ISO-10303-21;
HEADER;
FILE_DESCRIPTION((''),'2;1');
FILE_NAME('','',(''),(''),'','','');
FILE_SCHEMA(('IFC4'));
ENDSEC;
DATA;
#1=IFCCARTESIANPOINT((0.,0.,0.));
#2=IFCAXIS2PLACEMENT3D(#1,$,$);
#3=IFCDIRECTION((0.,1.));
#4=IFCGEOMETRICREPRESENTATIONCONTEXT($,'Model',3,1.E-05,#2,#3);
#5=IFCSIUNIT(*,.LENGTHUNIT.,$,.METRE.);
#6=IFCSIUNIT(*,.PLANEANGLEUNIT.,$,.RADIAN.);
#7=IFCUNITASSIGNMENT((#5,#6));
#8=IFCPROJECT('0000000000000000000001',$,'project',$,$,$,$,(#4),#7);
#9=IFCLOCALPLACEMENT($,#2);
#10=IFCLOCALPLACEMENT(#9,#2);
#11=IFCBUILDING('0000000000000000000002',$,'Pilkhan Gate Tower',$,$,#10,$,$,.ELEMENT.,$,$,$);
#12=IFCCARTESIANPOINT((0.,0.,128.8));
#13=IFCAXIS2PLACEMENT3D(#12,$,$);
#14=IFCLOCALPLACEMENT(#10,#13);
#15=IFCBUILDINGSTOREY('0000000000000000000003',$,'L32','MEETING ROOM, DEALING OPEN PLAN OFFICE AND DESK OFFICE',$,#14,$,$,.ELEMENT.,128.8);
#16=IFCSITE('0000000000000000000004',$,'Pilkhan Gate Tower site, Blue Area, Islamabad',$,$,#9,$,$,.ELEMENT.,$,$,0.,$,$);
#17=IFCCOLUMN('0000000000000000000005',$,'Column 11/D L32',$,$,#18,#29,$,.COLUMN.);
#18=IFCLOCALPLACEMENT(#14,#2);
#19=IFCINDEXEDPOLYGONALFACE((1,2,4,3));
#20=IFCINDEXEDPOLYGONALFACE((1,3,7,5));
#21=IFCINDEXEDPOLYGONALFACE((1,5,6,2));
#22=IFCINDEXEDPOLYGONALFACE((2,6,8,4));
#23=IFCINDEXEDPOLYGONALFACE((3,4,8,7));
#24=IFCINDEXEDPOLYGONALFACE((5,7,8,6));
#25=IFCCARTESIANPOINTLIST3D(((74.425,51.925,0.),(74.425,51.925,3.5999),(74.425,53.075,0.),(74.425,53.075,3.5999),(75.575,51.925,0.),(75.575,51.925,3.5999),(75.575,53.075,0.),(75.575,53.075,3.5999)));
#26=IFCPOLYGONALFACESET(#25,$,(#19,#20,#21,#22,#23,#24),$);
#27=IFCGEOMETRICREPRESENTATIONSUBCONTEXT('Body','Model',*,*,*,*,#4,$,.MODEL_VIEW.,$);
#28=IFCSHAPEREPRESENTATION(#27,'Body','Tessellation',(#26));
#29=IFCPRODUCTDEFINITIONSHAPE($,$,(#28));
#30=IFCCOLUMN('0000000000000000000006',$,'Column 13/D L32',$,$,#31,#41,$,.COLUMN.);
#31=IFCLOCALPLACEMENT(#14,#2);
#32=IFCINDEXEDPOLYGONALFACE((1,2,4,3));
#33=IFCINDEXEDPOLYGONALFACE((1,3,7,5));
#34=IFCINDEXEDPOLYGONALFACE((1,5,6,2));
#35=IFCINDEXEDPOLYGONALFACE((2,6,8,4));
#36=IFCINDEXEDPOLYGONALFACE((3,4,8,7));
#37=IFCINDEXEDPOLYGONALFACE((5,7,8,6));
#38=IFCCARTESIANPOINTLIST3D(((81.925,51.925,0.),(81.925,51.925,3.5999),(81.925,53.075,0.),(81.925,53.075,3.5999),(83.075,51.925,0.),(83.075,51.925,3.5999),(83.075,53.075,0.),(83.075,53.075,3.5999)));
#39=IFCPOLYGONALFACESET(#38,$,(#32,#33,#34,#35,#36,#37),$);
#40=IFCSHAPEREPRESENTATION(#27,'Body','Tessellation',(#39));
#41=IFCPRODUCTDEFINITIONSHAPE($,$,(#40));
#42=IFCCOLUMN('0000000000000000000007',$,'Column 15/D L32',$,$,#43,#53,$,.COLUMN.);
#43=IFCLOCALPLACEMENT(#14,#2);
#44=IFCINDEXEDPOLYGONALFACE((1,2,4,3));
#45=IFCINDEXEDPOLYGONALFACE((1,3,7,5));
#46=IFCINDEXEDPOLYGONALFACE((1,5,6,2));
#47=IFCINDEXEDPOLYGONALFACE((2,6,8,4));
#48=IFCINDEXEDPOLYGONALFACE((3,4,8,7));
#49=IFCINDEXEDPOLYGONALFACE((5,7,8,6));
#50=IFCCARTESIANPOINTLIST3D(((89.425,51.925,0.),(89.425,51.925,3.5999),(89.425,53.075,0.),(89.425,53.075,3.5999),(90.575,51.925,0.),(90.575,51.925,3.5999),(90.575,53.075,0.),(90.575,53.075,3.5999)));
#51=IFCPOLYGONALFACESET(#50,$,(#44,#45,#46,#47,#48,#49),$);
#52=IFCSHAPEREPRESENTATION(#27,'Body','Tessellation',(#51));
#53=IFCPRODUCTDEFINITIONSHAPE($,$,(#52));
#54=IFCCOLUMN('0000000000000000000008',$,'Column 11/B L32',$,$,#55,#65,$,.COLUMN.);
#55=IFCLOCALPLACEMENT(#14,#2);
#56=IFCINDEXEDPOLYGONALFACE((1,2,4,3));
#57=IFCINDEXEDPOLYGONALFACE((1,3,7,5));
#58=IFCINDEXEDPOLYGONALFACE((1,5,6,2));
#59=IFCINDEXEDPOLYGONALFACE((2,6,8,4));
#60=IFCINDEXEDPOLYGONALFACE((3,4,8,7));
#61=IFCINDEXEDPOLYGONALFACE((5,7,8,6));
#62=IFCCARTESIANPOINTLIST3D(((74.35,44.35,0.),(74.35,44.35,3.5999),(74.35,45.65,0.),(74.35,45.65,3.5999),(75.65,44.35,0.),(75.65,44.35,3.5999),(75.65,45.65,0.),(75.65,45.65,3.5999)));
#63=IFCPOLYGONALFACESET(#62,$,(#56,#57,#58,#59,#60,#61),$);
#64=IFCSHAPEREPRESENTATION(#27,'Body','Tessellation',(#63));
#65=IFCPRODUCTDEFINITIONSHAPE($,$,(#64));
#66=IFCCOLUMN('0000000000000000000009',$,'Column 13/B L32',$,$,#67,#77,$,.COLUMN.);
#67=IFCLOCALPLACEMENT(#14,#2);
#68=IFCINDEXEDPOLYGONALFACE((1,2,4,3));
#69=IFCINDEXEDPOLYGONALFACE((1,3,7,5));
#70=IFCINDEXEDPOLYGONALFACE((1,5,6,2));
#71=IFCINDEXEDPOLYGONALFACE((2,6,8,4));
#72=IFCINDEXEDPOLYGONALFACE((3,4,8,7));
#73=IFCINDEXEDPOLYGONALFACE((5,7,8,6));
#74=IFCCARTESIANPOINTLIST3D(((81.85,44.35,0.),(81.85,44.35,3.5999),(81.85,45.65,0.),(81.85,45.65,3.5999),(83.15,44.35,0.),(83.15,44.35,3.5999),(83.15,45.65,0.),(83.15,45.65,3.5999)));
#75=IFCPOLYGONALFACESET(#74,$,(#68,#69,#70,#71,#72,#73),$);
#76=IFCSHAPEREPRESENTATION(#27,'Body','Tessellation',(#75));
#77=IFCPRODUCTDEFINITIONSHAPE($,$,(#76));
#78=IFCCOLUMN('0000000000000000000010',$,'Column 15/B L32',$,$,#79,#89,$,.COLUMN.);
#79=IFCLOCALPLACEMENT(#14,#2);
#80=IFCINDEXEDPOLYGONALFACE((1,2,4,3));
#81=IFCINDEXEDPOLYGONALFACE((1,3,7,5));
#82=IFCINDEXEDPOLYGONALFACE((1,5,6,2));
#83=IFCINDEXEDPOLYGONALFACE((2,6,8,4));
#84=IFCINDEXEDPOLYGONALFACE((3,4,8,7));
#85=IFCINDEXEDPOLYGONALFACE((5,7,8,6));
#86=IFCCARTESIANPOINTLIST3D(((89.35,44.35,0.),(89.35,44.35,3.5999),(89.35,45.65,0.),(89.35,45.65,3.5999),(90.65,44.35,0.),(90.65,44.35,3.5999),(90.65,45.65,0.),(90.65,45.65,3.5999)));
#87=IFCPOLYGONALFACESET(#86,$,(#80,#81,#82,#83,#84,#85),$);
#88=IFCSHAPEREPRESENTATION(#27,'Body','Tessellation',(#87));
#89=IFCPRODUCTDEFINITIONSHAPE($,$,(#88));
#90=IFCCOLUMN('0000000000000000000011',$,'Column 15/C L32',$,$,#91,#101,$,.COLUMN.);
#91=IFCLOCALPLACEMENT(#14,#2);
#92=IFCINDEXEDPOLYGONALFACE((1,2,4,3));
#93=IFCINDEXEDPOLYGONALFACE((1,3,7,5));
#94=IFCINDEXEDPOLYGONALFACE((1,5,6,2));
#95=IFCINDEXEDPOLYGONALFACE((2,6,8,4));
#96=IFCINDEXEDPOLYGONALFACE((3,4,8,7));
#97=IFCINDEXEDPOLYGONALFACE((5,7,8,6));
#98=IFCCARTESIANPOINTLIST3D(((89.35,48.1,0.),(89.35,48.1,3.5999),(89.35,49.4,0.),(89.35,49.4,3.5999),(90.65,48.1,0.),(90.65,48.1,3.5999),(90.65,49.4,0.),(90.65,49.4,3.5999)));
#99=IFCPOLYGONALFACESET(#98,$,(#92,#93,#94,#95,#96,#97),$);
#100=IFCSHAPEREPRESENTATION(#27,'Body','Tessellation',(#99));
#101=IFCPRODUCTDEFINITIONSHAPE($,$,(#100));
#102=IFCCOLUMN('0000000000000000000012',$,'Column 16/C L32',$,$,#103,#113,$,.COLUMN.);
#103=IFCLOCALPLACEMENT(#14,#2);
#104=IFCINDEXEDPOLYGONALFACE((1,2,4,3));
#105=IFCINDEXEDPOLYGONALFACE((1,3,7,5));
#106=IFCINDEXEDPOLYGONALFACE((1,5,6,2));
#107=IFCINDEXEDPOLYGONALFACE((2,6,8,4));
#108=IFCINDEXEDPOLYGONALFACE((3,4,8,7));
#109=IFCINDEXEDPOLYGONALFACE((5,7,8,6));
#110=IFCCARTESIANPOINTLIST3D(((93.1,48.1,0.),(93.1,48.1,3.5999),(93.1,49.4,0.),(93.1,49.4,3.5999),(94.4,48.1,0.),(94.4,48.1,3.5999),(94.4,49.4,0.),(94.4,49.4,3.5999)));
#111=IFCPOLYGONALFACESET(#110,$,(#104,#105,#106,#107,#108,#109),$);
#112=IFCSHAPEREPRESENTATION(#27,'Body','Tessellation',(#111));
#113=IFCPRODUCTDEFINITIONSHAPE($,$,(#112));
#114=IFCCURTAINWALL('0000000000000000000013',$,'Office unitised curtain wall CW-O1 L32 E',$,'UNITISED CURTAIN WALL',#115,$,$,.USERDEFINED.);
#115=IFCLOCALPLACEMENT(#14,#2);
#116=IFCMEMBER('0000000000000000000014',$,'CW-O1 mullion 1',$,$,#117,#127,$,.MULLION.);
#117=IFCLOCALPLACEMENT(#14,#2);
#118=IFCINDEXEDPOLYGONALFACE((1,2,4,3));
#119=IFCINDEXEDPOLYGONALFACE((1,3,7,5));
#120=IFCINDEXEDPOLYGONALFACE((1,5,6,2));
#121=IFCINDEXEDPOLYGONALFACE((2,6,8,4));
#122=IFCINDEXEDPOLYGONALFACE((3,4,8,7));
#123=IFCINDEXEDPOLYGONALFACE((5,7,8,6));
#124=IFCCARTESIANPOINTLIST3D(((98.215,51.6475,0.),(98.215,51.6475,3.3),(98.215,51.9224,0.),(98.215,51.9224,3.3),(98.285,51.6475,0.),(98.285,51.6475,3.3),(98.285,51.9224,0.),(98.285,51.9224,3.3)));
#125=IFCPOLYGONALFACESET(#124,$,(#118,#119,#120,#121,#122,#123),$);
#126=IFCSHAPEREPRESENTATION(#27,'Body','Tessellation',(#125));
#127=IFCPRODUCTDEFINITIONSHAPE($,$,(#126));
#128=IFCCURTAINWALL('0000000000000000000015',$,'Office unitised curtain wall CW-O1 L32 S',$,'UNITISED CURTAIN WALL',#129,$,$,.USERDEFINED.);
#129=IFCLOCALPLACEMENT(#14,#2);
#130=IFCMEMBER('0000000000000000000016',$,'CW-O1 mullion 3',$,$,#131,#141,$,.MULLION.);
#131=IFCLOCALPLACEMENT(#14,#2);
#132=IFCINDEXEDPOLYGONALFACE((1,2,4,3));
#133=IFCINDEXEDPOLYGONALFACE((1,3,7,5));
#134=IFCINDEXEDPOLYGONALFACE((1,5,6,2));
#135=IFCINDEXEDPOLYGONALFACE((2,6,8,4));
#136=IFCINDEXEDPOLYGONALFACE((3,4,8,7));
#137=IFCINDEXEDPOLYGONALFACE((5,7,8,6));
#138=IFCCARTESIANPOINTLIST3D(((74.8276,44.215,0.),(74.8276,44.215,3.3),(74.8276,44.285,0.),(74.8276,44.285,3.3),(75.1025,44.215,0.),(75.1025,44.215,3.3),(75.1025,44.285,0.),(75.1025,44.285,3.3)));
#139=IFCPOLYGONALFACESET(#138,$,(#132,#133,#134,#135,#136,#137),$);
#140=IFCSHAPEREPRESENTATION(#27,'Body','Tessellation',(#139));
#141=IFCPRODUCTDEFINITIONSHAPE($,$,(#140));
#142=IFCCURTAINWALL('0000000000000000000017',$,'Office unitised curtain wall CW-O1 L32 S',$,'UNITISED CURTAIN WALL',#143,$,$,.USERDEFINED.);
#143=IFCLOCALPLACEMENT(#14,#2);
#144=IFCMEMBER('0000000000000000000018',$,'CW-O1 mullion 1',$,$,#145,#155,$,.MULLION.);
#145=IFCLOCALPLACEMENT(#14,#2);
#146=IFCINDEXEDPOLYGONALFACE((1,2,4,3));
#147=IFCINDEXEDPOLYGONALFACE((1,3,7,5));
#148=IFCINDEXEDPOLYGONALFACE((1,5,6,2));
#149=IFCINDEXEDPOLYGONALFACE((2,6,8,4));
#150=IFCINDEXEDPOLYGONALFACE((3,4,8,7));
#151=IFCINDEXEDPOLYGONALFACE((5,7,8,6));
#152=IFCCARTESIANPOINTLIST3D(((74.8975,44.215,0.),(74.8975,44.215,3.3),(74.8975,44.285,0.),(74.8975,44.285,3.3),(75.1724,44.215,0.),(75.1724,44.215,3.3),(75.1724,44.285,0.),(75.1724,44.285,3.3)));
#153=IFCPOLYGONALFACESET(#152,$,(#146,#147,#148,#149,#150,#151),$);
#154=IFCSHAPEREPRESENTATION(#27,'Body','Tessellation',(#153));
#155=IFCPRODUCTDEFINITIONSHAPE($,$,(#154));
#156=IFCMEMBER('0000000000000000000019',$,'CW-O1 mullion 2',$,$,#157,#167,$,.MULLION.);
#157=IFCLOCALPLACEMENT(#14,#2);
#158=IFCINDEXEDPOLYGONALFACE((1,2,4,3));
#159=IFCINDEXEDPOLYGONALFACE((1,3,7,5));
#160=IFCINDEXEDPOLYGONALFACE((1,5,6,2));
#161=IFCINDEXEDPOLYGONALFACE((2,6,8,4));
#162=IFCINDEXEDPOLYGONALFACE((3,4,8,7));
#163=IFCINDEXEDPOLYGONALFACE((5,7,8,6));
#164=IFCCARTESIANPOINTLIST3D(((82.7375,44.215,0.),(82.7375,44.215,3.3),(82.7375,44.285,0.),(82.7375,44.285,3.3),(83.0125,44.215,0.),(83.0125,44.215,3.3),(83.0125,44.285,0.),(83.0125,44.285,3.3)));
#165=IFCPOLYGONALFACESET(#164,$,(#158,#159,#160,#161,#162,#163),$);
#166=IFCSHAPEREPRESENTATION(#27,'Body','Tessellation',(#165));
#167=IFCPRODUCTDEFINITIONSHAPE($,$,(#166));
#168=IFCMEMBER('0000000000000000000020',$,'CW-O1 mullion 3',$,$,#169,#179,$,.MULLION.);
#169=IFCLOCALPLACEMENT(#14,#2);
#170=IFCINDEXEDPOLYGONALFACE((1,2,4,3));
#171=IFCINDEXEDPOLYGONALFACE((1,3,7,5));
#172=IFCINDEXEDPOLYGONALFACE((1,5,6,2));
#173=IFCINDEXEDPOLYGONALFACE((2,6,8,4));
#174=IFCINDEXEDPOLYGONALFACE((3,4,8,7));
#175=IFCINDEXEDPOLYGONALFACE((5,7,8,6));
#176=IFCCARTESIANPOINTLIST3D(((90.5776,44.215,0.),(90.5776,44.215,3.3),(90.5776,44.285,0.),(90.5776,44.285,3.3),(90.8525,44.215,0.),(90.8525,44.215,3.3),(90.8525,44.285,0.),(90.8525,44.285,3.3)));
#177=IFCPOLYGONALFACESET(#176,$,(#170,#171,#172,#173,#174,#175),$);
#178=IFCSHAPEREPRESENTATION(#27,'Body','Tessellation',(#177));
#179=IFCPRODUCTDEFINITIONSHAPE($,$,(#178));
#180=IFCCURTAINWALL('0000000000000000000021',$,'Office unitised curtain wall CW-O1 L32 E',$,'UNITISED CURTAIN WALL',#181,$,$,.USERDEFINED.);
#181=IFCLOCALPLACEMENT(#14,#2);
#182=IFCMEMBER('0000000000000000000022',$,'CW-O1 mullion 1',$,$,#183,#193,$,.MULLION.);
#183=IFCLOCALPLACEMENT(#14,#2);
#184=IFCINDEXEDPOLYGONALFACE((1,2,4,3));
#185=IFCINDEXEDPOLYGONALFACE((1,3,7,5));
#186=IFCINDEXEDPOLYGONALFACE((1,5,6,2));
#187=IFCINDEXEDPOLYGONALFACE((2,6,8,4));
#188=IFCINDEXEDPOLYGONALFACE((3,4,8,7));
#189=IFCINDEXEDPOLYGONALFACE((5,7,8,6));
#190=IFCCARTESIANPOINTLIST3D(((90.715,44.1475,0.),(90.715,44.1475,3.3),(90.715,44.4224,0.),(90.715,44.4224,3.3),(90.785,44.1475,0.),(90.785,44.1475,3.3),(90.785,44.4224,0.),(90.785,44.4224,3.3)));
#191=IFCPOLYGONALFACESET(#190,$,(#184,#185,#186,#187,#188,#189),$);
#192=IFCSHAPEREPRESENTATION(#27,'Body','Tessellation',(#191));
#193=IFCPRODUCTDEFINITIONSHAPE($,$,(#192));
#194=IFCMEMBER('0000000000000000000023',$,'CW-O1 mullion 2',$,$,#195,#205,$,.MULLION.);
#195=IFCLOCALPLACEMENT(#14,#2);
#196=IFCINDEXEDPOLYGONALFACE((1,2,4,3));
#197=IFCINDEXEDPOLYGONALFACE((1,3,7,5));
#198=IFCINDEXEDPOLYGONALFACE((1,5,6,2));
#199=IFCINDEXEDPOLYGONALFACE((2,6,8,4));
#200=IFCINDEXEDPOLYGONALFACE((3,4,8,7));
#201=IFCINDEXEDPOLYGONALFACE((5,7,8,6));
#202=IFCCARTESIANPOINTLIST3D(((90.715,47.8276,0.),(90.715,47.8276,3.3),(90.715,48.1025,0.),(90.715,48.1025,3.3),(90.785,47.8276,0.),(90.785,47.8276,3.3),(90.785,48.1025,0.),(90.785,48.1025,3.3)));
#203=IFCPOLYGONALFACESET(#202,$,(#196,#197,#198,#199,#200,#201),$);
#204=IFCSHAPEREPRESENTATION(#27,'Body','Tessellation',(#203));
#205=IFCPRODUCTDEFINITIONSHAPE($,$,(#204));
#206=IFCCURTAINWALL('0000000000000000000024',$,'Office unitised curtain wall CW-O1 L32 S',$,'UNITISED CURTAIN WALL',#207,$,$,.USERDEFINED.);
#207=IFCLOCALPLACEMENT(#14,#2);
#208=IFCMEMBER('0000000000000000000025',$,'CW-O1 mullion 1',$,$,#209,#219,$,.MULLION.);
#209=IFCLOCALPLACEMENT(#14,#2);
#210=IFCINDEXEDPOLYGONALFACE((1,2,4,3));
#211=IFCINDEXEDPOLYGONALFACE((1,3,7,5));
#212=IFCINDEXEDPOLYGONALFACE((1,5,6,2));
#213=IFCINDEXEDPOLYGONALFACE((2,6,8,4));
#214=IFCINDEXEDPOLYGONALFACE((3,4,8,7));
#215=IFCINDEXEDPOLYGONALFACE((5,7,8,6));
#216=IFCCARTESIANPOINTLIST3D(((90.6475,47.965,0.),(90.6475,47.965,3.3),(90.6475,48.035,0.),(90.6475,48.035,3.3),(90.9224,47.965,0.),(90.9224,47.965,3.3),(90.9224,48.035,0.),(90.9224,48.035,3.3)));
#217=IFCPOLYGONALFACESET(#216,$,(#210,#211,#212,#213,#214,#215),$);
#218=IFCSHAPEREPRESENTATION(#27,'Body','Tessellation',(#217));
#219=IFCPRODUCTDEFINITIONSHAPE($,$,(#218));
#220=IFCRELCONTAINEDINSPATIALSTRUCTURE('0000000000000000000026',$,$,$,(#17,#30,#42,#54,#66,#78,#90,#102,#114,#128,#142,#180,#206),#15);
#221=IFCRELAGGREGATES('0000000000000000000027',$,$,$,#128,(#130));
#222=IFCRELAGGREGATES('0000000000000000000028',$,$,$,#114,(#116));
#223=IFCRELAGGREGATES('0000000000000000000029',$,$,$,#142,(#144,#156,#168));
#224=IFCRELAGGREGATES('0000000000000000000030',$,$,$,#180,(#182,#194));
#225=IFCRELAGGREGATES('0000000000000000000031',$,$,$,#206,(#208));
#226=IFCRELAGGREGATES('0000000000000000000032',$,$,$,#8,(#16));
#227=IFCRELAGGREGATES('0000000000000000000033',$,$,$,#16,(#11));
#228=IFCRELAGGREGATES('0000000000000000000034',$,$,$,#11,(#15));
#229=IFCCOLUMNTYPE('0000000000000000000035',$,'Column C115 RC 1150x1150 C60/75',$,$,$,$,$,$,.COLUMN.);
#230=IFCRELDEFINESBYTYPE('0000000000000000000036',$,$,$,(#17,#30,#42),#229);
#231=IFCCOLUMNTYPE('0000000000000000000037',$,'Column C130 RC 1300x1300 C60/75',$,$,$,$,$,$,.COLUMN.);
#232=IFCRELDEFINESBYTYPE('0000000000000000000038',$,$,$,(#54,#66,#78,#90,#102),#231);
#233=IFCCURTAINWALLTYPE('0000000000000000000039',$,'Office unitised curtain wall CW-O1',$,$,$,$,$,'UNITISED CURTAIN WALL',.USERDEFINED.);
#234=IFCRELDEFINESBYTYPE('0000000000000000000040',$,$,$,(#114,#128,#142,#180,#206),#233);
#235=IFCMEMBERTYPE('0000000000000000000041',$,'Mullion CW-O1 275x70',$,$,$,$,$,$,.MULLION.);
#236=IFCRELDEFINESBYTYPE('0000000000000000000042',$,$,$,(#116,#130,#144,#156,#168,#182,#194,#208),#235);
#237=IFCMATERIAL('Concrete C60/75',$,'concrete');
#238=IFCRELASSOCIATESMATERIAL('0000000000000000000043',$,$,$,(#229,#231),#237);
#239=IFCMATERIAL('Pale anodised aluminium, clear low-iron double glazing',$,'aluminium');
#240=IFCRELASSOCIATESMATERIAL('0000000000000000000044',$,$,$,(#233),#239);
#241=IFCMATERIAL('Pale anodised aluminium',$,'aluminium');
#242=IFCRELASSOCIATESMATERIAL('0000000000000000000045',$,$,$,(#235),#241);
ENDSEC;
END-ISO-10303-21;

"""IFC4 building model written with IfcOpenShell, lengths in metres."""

from ifc_helpers import new_model, si_unit, direction, frame, origin, origin_2d, place, context, subcontext, project, spatial, rectangle, extrude, material, material_profile, profile_set, type_object, element, aggregate, save


model = new_model("IFC4")

# Units and contexts
model_context = context("Model", 3, precision=1e-05, world=origin(), true_north=direction((0.0, 1.0)))
body_context = subcontext(model_context, "Body", "Model", "MODEL_VIEW")
ifc_project = project(units=[si_unit("LENGTHUNIT", "METRE"), si_unit("PLANEANGLEUNIT", "RADIAN")], contexts=[model_context])

# Site, building, storey
site_placement = place(None, origin())
site = spatial("IfcSite", under=ifc_project, at=site_placement, Name="Pilkhan Gate Tower site, Blue Area, Islamabad", CompositionType="ELEMENT", RefElevation=0.0)
building_placement = place(site_placement, origin())
building = spatial("IfcBuilding", under=site, at=building_placement, Name="Pilkhan Gate Tower", CompositionType="ELEMENT")
storey_placement = place(building_placement, frame((0.0, 0.0, 128.8)))
storey = spatial("IfcBuildingStorey", under=building, at=storey_placement, Name="L32", Description="MEETING ROOM, DEALING OPEN PLAN OFFICE AND DESK OFFICE", CompositionType="ELEMENT", Elevation=128.8)

# Columns
ifc_material_1 = material(Name="Concrete C60/75", Category="concrete")
ifc_material_profile_1 = material_profile(ifc_material_1, rectangle(XDim=1.1499, YDim=1.1499, at=origin_2d()), Name="RC 1150x1150")
ifc_profile_set_1 = profile_set([ifc_material_profile_1], Name="Concrete C60/75")
column_type_1 = type_object("IfcColumnType", Name="Column C115 RC 1150x1150 C60/75", PredefinedType="COLUMN", material=ifc_profile_set_1)
for number, where, z_axis, x_axis, name in (
    (1, (75.0, 52.5, 0.0), (0.0, 0.0, 1.0), (1.0, 0.0, 0.0), "Column 11/D L32"),
    (2, (82.5, 52.5, 0.0), (0.0, 0.0, 1.0), (1.0, 0.0, 0.0), "Column 13/D L32"),
    (3, (90.0, 52.5, 0.0), (0.0, 0.0, 1.0), (1.0, 0.0, 0.0), "Column 15/D L32"),
):
    element("IfcColumn", number, at=place(storey_placement, frame(where, z_axis=z_axis, x_axis=x_axis)), inside=storey, type_object=column_type_1, Name=name, PredefinedType="COLUMN", context=body_context, shape_type="SweptSolid", body=[
        extrude(rectangle(XDim=1.1499, YDim=1.1499, at=origin_2d()), origin(), (0.0, 0.0, 1.0), 3.5999),
    ])
ifc_material_profile_2 = material_profile(ifc_material_1, rectangle(XDim=1.3, YDim=1.3, at=origin_2d()), Name="RC 1300x1300")
ifc_profile_set_2 = profile_set([ifc_material_profile_2], Name="Concrete C60/75")
column_type_2 = type_object("IfcColumnType", Name="Column C130 RC 1300x1300 C60/75", PredefinedType="COLUMN", material=ifc_profile_set_2)
for number, where, z_axis, x_axis, name in (
    (4, (75.0, 45.0, 0.0), (0.0, 0.0, 1.0), (1.0, 0.0, 0.0), "Column 11/B L32"),
    (5, (82.5, 45.0, 0.0), (0.0, 0.0, 1.0), (1.0, 0.0, 0.0), "Column 13/B L32"),
    (6, (90.0, 45.0, 0.0), (0.0, 0.0, 1.0), (1.0, 0.0, 0.0), "Column 15/B L32"),
    (7, (90.0, 48.75, 0.0), (0.0, 0.0, 1.0), (1.0, 0.0, 0.0), "Column 15/C L32"),
    (8, (93.75, 48.75, 0.0), (0.0, 0.0, 1.0), (1.0, 0.0, 0.0), "Column 16/C L32"),
):
    element("IfcColumn", number, at=place(storey_placement, frame(where, z_axis=z_axis, x_axis=x_axis)), inside=storey, type_object=column_type_2, Name=name, PredefinedType="COLUMN", context=body_context, shape_type="SweptSolid", body=[
        extrude(rectangle(XDim=1.3, YDim=1.3, at=origin_2d()), origin(), (0.0, 0.0, 1.0), 3.5999),
    ])

# Curtain walls, members
ifc_material_2 = material(Name="Pale anodised aluminium, clear low-iron double glazing", Category="aluminium")
curtain_wall_type = type_object("IfcCurtainWallType", Name="Office unitised curtain wall CW-O1", ElementType="UNITISED CURTAIN WALL", PredefinedType="USERDEFINED", material=ifc_material_2)
curtain_wall_1_placement = place(storey_placement, origin())
curtain_wall_1 = element("IfcCurtainWall", 9, at=curtain_wall_1_placement, inside=storey, type_object=curtain_wall_type, Name="Office unitised curtain wall CW-O1 L32 E", ObjectType="UNITISED CURTAIN WALL", PredefinedType="USERDEFINED")
ifc_material_3 = material(Name="Pale anodised aluminium", Category="aluminium")
ifc_material_profile_3 = material_profile(ifc_material_3, rectangle(XDim=0.0701, YDim=0.2749, at=origin_2d()), Name="Mullion 275x70")
ifc_profile_set_3 = profile_set([ifc_material_profile_3], Name="Pale anodised aluminium")
member_type_1 = type_object("IfcMemberType", Name="Mullion CW-O1 275x70", PredefinedType="MULLION", material=ifc_profile_set_3)
member_1_placement = place(storey_placement, frame((98.25, 51.7849, 0.0), z_axis=(0.0, 0.0, 1.0), x_axis=(-1.0, 0.0, 0.0)))
member_1 = element("IfcMember", 10, at=member_1_placement, type_object=member_type_1, Name="CW-O1 mullion 1", PredefinedType="MULLION", context=body_context, shape_type="SweptSolid", body=[
    extrude(rectangle(XDim=0.0701, YDim=0.2749, at=origin_2d()), origin(), (0.0, 0.0, 1.0), 3.3),
])
curtain_wall_2_placement = place(storey_placement, origin())
curtain_wall_2 = element("IfcCurtainWall", 11, at=curtain_wall_2_placement, inside=storey, type_object=curtain_wall_type, Name="Office unitised curtain wall CW-O1 L32 S", ObjectType="UNITISED CURTAIN WALL", PredefinedType="USERDEFINED")
member_2_placement = place(storey_placement, frame((74.9651, 44.25, 0.0), z_axis=(0.0, 0.0, 1.0), x_axis=(0.0, 1.0, 0.0)))
member_2 = element("IfcMember", 12, at=member_2_placement, type_object=member_type_1, Name="CW-O1 mullion 3", PredefinedType="MULLION", context=body_context, shape_type="SweptSolid", body=[
    extrude(rectangle(XDim=0.0701, YDim=0.2749, at=origin_2d()), origin(), (0.0, 0.0, 1.0), 3.3),
])
aggregate(curtain_wall_2, [member_2])

# Curtain walls, members
curtain_wall_3_placement = place(storey_placement, origin())
curtain_wall_3 = element("IfcCurtainWall", 13, at=curtain_wall_3_placement, inside=storey, type_object=curtain_wall_type, Name="Office unitised curtain wall CW-O1 L32 S", ObjectType="UNITISED CURTAIN WALL", PredefinedType="USERDEFINED")
member_3_placement = place(storey_placement, frame((75.0349, 44.25, 0.0), z_axis=(0.0, 0.0, 1.0), x_axis=(0.0, 1.0, 0.0)))
member_3 = element("IfcMember", 14, at=member_3_placement, type_object=member_type_1, Name="CW-O1 mullion 1", PredefinedType="MULLION", context=body_context, shape_type="SweptSolid", body=[
    extrude(rectangle(XDim=0.0701, YDim=0.2749, at=origin_2d()), origin(), (0.0, 0.0, 1.0), 3.3),
])
member_4_placement = place(storey_placement, frame((82.875, 44.25, 0.0), z_axis=(0.0, 0.0, 1.0), x_axis=(0.0, 1.0, 0.0)))
member_4 = element("IfcMember", 15, at=member_4_placement, type_object=member_type_1, Name="CW-O1 mullion 2", PredefinedType="MULLION", context=body_context, shape_type="SweptSolid", body=[
    extrude(rectangle(XDim=0.0701, YDim=0.2749, at=origin_2d()), origin(), (0.0, 0.0, 1.0), 3.3),
])
member_5_placement = place(storey_placement, frame((90.7151, 44.25, 0.0), z_axis=(0.0, 0.0, 1.0), x_axis=(0.0, 1.0, 0.0)))
member_5 = element("IfcMember", 16, at=member_5_placement, type_object=member_type_1, Name="CW-O1 mullion 3", PredefinedType="MULLION", context=body_context, shape_type="SweptSolid", body=[
    extrude(rectangle(XDim=0.0701, YDim=0.2749, at=origin_2d()), origin(), (0.0, 0.0, 1.0), 3.3),
])
curtain_wall_4_placement = place(storey_placement, origin())
curtain_wall_4 = element("IfcCurtainWall", 17, at=curtain_wall_4_placement, inside=storey, type_object=curtain_wall_type, Name="Office unitised curtain wall CW-O1 L32 E", ObjectType="UNITISED CURTAIN WALL", PredefinedType="USERDEFINED")
member_6_placement = place(storey_placement, frame((90.75, 44.2849, 0.0), z_axis=(0.0, 0.0, 1.0), x_axis=(-1.0, 0.0, 0.0)))
member_6 = element("IfcMember", 18, at=member_6_placement, type_object=member_type_1, Name="CW-O1 mullion 1", PredefinedType="MULLION", context=body_context, shape_type="SweptSolid", body=[
    extrude(rectangle(XDim=0.0701, YDim=0.2749, at=origin_2d()), origin(), (0.0, 0.0, 1.0), 3.3),
])
member_7_placement = place(storey_placement, frame((90.75, 47.9651, 0.0), z_axis=(0.0, 0.0, 1.0), x_axis=(-1.0, 0.0, 0.0)))
member_7 = element("IfcMember", 19, at=member_7_placement, type_object=member_type_1, Name="CW-O1 mullion 2", PredefinedType="MULLION", context=body_context, shape_type="SweptSolid", body=[
    extrude(rectangle(XDim=0.0701, YDim=0.2749, at=origin_2d()), origin(), (0.0, 0.0, 1.0), 3.3),
])
curtain_wall_5_placement = place(storey_placement, origin())
curtain_wall_5 = element("IfcCurtainWall", 20, at=curtain_wall_5_placement, inside=storey, type_object=curtain_wall_type, Name="Office unitised curtain wall CW-O1 L32 S", ObjectType="UNITISED CURTAIN WALL", PredefinedType="USERDEFINED")
member_8_placement = place(storey_placement, frame((90.7849, 48.0, 0.0), z_axis=(0.0, 0.0, 1.0), x_axis=(0.0, 1.0, 0.0)))
member_8 = element("IfcMember", 21, at=member_8_placement, type_object=member_type_1, Name="CW-O1 mullion 1", PredefinedType="MULLION", context=body_context, shape_type="SweptSolid", body=[
    extrude(rectangle(XDim=0.0701, YDim=0.2749, at=origin_2d()), origin(), (0.0, 0.0, 1.0), 3.3),
])

aggregate(curtain_wall_1, [member_1])

aggregate(curtain_wall_3, [member_3, member_4, member_5])
aggregate(curtain_wall_4, [member_6, member_7])
aggregate(curtain_wall_5, [member_8])

save(model, "model.ifc")
